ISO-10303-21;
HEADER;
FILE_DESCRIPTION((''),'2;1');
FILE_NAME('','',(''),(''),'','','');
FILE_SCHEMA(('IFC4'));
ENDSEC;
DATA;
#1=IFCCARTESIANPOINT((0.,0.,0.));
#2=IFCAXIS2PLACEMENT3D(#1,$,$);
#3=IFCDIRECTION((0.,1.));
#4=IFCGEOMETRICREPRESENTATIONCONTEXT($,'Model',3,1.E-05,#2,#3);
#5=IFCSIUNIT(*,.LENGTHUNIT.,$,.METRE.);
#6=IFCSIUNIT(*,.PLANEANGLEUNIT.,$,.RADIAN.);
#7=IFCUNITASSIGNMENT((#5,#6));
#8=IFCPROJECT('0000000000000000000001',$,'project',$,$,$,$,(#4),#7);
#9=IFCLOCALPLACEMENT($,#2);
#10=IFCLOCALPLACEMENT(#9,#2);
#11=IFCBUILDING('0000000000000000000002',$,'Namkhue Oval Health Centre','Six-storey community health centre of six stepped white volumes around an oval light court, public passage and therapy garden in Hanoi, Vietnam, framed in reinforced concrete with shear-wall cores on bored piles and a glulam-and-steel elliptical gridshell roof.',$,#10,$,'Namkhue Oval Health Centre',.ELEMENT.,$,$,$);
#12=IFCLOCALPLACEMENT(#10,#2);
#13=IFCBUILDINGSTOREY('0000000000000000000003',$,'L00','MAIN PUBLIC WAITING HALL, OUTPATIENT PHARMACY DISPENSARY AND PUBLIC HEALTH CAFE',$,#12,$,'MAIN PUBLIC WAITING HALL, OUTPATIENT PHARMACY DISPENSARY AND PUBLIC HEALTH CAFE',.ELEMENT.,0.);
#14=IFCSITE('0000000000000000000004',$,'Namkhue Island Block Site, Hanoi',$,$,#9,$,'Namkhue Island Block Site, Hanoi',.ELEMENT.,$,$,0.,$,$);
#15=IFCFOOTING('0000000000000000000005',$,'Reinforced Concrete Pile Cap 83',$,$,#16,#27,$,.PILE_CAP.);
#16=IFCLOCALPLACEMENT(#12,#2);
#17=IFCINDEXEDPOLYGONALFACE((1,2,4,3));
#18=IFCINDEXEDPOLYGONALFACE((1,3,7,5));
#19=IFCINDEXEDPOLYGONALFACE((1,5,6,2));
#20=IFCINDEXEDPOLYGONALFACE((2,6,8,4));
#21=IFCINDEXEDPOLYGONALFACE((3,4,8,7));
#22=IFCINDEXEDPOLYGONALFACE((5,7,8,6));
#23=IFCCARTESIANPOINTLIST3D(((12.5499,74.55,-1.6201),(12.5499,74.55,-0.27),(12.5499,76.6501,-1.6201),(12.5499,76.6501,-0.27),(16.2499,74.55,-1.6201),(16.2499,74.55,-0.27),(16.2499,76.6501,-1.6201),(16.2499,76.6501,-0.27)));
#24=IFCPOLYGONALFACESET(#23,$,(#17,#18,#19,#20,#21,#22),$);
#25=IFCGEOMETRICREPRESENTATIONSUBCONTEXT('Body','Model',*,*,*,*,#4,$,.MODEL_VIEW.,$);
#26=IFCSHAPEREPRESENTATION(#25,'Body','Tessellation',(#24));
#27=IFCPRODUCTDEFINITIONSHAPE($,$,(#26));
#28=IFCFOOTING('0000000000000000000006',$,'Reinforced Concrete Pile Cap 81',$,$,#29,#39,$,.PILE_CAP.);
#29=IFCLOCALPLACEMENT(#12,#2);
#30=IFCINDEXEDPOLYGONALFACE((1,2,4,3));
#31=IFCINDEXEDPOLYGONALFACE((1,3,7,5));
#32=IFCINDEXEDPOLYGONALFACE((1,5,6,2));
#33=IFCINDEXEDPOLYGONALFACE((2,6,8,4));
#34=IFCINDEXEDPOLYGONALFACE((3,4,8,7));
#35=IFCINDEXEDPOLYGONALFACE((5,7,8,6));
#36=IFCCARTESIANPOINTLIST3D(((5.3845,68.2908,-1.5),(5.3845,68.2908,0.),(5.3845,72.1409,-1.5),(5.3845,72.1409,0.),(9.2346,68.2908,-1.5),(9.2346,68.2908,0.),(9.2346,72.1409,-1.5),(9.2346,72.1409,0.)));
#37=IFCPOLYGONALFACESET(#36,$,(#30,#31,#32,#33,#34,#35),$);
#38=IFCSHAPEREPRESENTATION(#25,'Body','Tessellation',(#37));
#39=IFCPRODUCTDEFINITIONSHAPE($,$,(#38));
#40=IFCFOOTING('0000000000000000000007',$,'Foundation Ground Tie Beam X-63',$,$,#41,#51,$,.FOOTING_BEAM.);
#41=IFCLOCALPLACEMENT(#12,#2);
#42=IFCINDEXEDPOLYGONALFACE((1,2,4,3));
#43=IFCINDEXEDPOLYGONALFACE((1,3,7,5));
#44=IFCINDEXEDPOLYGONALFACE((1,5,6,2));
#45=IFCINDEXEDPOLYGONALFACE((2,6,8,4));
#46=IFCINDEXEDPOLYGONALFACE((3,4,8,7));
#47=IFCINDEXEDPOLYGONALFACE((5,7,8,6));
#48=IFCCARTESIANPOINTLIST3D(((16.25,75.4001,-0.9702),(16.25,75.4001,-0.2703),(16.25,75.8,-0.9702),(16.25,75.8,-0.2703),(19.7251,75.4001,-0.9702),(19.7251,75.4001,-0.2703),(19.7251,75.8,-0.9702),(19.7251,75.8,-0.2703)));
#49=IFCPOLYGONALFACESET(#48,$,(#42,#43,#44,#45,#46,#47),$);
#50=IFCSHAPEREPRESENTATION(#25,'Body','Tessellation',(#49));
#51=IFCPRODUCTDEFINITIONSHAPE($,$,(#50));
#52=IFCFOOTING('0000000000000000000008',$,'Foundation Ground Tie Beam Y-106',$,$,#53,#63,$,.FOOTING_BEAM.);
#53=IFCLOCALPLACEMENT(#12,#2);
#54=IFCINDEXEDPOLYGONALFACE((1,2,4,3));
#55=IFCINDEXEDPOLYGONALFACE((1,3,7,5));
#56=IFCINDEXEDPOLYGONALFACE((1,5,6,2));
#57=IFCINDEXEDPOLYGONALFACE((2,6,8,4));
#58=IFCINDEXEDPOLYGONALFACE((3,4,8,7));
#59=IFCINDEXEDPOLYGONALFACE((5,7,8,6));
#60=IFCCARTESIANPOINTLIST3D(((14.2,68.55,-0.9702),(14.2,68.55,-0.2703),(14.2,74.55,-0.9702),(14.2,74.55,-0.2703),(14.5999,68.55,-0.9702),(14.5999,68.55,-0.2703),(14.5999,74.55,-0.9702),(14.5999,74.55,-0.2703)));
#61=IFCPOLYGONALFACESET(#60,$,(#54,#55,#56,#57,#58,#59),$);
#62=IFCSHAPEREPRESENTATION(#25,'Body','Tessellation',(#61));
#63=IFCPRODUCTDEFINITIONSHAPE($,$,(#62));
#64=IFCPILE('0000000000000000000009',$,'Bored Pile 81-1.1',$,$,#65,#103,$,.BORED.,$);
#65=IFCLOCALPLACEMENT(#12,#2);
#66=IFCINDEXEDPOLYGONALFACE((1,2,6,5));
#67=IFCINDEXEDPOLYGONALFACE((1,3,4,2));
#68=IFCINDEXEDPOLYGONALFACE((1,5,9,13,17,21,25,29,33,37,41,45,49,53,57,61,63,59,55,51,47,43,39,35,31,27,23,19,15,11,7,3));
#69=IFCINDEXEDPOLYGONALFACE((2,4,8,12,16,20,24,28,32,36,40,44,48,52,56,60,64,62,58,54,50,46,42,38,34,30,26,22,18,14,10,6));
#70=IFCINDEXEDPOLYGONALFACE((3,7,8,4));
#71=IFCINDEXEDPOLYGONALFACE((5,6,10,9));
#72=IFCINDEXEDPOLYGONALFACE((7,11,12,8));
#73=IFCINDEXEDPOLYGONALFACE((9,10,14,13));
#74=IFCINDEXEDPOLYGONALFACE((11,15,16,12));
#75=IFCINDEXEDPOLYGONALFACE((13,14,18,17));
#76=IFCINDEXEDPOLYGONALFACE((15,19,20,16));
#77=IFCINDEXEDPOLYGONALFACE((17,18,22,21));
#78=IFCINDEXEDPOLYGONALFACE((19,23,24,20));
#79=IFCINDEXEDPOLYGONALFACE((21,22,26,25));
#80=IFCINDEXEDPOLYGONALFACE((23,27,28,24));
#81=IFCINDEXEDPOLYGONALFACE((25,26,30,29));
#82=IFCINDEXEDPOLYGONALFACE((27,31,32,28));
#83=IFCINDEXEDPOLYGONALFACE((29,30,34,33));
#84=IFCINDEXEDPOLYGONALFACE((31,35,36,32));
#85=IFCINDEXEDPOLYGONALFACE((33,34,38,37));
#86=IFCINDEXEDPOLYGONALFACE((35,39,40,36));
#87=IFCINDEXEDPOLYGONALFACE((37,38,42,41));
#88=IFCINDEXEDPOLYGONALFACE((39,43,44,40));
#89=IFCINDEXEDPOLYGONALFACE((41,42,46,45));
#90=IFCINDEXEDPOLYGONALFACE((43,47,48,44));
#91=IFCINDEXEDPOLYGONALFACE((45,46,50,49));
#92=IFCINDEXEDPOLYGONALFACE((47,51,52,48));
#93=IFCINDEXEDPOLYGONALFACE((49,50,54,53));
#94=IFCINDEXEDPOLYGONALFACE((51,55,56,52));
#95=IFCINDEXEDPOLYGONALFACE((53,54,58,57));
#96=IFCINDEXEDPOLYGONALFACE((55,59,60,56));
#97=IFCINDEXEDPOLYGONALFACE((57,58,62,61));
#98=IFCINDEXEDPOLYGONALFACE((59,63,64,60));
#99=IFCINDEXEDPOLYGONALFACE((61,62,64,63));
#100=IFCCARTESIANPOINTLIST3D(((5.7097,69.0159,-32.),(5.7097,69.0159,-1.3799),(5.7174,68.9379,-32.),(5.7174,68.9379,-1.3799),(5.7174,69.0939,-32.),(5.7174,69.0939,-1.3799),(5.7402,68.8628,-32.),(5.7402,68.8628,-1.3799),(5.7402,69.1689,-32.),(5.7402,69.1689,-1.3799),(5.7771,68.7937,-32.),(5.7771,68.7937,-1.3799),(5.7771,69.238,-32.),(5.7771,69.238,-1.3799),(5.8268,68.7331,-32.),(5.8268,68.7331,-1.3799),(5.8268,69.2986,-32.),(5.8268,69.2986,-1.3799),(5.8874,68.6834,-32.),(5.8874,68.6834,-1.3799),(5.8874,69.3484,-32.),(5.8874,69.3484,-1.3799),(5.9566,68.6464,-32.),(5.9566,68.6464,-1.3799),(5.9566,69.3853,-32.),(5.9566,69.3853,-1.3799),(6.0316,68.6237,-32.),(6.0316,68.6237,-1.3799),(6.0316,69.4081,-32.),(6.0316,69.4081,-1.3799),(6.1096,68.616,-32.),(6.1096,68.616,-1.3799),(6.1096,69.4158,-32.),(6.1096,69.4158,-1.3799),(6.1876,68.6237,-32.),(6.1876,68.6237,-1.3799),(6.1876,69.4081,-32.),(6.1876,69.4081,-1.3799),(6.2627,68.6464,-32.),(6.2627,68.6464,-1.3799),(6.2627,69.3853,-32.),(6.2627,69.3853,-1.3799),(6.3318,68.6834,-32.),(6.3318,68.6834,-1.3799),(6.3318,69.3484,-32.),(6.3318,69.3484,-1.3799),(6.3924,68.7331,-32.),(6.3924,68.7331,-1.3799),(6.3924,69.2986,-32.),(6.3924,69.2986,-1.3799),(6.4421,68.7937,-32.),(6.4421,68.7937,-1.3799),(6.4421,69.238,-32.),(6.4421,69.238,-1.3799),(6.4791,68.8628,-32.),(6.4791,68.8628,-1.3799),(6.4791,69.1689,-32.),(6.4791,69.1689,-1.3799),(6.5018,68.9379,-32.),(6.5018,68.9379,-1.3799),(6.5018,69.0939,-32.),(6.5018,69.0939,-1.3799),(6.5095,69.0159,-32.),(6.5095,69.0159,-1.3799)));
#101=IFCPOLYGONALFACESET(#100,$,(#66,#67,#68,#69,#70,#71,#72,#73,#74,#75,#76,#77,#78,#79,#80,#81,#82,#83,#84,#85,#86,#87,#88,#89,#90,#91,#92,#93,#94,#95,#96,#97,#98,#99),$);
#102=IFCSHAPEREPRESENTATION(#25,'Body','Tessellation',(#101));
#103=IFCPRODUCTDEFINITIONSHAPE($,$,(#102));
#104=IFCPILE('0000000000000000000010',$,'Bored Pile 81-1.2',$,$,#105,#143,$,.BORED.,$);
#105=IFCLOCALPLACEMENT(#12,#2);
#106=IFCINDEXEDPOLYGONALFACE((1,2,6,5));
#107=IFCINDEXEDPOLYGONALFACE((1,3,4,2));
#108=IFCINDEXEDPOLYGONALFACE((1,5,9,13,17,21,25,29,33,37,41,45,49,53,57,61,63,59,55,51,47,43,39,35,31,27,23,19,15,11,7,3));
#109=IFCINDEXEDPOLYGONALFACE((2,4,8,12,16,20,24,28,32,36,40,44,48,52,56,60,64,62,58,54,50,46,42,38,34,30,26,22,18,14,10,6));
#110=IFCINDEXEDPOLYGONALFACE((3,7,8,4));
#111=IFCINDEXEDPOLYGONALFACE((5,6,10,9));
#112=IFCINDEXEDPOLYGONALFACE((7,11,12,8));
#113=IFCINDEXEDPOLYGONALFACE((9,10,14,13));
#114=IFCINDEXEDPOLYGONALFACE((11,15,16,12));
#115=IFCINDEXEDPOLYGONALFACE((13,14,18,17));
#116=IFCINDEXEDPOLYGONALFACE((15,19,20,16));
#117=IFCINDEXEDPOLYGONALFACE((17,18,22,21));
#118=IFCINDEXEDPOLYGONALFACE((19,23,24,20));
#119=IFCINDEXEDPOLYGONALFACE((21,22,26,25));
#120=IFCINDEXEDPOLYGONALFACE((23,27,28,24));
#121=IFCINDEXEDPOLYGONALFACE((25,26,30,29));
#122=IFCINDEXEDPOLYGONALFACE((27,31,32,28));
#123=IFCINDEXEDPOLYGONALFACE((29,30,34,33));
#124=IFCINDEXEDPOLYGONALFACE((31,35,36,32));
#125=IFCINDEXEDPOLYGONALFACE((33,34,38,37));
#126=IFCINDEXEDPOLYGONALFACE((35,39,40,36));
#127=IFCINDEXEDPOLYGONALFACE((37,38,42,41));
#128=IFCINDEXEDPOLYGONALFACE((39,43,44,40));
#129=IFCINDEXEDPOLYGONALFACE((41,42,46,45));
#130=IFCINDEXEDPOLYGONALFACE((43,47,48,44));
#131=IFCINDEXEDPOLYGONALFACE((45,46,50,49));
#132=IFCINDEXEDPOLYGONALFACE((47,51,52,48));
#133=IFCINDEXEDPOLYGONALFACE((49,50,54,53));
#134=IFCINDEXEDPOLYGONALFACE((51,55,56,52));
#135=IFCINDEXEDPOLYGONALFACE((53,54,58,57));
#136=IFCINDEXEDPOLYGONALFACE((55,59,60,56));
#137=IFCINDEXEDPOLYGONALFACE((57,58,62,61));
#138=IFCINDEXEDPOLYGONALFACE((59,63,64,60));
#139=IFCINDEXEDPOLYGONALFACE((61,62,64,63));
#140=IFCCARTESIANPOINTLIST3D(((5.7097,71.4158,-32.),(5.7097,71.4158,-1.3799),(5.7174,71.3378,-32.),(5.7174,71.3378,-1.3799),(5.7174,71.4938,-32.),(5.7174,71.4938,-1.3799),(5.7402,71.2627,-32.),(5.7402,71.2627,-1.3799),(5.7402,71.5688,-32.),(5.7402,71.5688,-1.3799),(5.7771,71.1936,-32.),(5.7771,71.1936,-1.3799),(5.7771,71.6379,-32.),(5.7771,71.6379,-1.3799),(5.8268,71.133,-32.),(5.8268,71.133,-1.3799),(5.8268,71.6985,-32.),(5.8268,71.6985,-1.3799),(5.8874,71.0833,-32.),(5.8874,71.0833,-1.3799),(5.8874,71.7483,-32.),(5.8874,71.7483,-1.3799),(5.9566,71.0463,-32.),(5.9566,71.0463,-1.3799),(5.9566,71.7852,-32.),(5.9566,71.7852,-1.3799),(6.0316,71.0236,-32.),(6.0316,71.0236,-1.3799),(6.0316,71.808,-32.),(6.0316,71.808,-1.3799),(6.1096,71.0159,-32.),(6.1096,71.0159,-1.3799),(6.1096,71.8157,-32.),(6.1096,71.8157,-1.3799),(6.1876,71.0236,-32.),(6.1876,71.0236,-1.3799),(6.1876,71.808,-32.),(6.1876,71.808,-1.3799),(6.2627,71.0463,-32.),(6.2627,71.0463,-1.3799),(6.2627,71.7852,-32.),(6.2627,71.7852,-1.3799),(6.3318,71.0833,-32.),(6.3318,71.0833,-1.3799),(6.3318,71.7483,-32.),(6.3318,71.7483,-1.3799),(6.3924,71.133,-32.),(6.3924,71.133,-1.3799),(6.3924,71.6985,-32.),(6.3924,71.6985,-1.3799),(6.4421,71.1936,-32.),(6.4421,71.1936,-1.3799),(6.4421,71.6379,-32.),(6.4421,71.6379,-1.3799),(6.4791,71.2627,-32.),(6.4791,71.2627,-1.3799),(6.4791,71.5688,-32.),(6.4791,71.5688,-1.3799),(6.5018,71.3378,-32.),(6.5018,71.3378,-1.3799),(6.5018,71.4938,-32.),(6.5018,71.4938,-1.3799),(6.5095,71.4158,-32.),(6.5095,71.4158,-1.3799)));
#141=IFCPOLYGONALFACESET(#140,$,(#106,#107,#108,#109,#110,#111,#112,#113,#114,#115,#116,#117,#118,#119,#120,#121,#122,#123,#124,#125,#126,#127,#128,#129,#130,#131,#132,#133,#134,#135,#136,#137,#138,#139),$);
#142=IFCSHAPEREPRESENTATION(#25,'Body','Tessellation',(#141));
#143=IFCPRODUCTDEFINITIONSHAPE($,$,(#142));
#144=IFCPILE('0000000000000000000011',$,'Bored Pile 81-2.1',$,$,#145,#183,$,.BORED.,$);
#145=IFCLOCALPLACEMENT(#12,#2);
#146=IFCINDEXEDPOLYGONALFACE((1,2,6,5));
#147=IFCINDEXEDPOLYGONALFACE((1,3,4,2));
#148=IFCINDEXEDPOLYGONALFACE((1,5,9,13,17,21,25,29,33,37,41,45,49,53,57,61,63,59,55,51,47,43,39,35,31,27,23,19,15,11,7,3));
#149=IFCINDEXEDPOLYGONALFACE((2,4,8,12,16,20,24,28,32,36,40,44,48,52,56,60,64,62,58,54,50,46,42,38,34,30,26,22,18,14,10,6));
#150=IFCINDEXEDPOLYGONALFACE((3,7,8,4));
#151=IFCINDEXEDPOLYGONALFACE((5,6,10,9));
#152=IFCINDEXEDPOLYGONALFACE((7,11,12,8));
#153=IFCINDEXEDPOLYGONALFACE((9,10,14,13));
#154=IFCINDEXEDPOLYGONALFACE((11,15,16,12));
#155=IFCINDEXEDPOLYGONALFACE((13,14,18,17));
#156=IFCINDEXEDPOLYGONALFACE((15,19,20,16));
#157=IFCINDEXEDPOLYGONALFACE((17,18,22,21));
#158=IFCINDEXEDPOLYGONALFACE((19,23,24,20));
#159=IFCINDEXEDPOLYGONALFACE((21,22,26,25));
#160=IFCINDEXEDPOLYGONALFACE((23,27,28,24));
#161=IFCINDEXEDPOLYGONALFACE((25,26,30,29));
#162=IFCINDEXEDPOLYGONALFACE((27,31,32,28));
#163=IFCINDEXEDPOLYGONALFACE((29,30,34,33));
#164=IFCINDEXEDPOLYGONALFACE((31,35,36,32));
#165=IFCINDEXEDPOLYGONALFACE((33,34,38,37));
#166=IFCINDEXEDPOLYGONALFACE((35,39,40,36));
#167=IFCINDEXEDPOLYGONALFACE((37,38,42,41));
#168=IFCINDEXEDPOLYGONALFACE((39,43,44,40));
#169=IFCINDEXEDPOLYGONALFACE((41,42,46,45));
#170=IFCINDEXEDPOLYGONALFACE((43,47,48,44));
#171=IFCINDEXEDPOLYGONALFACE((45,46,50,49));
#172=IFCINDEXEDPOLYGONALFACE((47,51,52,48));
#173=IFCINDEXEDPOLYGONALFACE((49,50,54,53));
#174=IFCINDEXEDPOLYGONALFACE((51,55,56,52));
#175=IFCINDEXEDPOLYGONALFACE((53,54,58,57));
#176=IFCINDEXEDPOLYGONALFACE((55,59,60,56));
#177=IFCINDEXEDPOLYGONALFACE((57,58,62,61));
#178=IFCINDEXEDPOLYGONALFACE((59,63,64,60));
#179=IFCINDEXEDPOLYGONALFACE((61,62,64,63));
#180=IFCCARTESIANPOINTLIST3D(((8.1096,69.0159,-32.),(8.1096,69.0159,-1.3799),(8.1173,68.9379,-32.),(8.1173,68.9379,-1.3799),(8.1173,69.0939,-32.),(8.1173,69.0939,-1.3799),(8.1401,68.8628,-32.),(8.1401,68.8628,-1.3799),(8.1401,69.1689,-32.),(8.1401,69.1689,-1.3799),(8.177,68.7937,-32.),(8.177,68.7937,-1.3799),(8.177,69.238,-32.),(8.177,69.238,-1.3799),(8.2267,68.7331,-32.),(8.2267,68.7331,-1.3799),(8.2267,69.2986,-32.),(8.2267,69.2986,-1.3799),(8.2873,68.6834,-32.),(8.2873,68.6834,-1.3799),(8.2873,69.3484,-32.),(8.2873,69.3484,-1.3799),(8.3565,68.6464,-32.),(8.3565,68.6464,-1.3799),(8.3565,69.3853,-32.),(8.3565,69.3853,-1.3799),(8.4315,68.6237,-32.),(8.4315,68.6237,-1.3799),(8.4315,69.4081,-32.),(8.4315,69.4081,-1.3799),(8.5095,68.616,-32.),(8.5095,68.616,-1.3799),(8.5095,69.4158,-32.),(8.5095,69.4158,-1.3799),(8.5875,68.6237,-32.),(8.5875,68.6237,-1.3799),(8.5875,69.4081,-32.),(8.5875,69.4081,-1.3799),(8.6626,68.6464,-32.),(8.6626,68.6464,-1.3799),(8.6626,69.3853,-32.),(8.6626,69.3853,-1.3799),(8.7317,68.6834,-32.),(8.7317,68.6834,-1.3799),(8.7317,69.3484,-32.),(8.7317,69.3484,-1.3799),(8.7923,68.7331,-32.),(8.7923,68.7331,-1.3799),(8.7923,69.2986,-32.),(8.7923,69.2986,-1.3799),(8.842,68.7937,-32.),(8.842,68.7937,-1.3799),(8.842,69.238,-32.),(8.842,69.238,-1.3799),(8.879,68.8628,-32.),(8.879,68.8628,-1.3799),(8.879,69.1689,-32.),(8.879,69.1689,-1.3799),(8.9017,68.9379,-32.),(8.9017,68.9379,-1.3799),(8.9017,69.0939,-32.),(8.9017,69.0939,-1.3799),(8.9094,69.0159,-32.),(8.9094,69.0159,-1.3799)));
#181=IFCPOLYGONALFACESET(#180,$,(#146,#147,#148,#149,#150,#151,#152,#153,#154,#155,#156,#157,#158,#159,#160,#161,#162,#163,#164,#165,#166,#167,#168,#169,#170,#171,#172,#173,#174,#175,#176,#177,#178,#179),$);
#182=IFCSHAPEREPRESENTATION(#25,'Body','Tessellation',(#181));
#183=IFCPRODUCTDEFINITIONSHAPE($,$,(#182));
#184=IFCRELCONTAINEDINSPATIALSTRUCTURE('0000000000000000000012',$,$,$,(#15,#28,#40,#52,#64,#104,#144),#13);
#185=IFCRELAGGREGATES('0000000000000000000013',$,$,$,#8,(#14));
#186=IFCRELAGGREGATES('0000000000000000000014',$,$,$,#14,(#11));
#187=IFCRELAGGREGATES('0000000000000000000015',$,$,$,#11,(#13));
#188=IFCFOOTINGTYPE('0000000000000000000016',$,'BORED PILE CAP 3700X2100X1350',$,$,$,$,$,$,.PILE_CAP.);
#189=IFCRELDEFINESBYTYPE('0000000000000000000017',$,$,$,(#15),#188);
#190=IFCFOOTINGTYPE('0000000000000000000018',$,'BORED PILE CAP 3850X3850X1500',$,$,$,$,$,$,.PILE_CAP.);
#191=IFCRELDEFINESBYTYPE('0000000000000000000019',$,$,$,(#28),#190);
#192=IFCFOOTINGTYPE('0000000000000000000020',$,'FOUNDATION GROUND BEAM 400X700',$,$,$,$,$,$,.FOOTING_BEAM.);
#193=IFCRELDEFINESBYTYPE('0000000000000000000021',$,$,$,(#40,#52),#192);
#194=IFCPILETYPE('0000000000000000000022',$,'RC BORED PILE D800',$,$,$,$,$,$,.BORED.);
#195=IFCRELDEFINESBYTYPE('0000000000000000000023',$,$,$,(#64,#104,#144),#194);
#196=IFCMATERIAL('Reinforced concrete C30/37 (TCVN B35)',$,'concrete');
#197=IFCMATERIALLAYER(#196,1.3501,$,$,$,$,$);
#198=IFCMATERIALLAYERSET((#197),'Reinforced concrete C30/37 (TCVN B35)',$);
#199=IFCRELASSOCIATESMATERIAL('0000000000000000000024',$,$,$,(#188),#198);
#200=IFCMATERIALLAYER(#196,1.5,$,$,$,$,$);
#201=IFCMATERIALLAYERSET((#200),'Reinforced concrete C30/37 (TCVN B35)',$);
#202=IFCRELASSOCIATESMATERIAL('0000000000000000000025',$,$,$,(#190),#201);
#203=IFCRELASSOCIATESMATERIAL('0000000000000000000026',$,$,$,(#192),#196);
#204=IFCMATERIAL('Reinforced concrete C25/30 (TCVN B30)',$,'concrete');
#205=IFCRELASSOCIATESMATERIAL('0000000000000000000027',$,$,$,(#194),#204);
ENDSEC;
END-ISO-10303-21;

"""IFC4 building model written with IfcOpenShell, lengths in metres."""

from ifc_helpers import new_model, si_unit, direction, frame, origin, origin_2d, place, context, subcontext, project, spatial, rectangle, circle, extrude, material, layer, layer_set, material_profile, profile_set, type_object, element, save


model = new_model("IFC4")

# Units and contexts
model_context = context("Model", 3, precision=1e-05, world=origin(), true_north=direction((0.0, 1.0)))
body_context = subcontext(model_context, "Body", "Model", "MODEL_VIEW")
ifc_project = project(units=[si_unit("LENGTHUNIT", "METRE"), si_unit("PLANEANGLEUNIT", "RADIAN")], contexts=[model_context])

# Site, building, storey
site_placement = place(None, origin())
site = spatial("IfcSite", under=ifc_project, at=site_placement, Name="Namkhue Island Block Site, Hanoi", LongName="Namkhue Island Block Site, Hanoi", CompositionType="ELEMENT", RefElevation=0.0)
building_placement = place(site_placement, origin())
building = spatial("IfcBuilding", under=site, at=building_placement, Name="Namkhue Oval Health Centre", Description="Six-storey community health centre of six stepped white volumes around an oval light court, public passage and therapy garden in Hanoi, Vietnam, framed in reinforced concrete with shear-wall cores on bored piles and a glulam-and-steel elliptical gridshell roof.", LongName="Namkhue Oval Health Centre", CompositionType="ELEMENT")
storey_placement = place(building_placement, origin())
storey = spatial("IfcBuildingStorey", under=building, at=storey_placement, Name="L00", Description="MAIN PUBLIC WAITING HALL, OUTPATIENT PHARMACY DISPENSARY AND PUBLIC HEALTH CAFE", LongName="MAIN PUBLIC WAITING HALL, OUTPATIENT PHARMACY DISPENSARY AND PUBLIC HEALTH CAFE", CompositionType="ELEMENT", Elevation=0.0)

# Footings
ifc_material_1 = material(Name="Reinforced concrete C30/37 (TCVN B35)", Category="concrete")
ifc_layer_1 = layer(ifc_material_1, 1.3501)
ifc_layer_set_1 = layer_set([ifc_layer_1], Name="Reinforced concrete C30/37 (TCVN B35)")
footing_type_1 = type_object("IfcFootingType", Name="BORED PILE CAP 3700X2100X1350", PredefinedType="PILE_CAP", material=ifc_layer_set_1)
footing_1_placement = place(storey_placement, frame((14.3999, 75.6001, -1.6201), z_axis=(0.0, 0.0, 1.0), x_axis=(1.0, 0.0, 0.0)))
element("IfcFooting", 1, at=footing_1_placement, inside=storey, type_object=footing_type_1, Name="Reinforced Concrete Pile Cap 83", PredefinedType="PILE_CAP", context=body_context, shape_type="SweptSolid", body=[
    extrude(rectangle(XDim=3.7, YDim=2.1001, at=origin_2d()), origin(), (0.0, 0.0, 1.0), 1.3501),
])
ifc_layer_2 = layer(ifc_material_1, 1.5)
ifc_layer_set_2 = layer_set([ifc_layer_2], Name="Reinforced concrete C30/37 (TCVN B35)")
footing_type_2 = type_object("IfcFootingType", Name="BORED PILE CAP 3850X3850X1500", PredefinedType="PILE_CAP", material=ifc_layer_set_2)
footing_2_placement = place(storey_placement, frame((7.3096, 70.2158, -1.5), z_axis=(0.0, 0.0, 1.0), x_axis=(1.0, 0.0, 0.0)))
element("IfcFooting", 2, at=footing_2_placement, inside=storey, type_object=footing_type_2, Name="Reinforced Concrete Pile Cap 81", PredefinedType="PILE_CAP", context=body_context, shape_type="SweptSolid", body=[
    extrude(rectangle(XDim=3.8501, YDim=3.8501, at=origin_2d()), origin(), (0.0, 0.0, 1.0), 1.5),
])
footing_type_3 = type_object("IfcFootingType", Name="FOUNDATION GROUND BEAM 400X700", PredefinedType="FOOTING_BEAM", material=ifc_material_1)
footing_3_placement = place(storey_placement, frame((17.9875, 75.6001, -0.9702), z_axis=(0.0, 0.0, 1.0), x_axis=(1.0, 0.0, 0.0)))
element("IfcFooting", 3, at=footing_3_placement, inside=storey, type_object=footing_type_3, Name="Foundation Ground Tie Beam X-63", PredefinedType="FOOTING_BEAM", context=body_context, shape_type="SweptSolid", body=[
    extrude(rectangle(XDim=3.4751, YDim=0.3999, at=origin_2d()), origin(), (0.0, 0.0, 1.0), 0.7),
])
footing_4_placement = place(storey_placement, frame((14.3999, 71.55, -0.9702), z_axis=(0.0, 0.0, 1.0), x_axis=(0.0, 1.0, 0.0)))
element("IfcFooting", 4, at=footing_4_placement, inside=storey, type_object=footing_type_3, Name="Foundation Ground Tie Beam Y-106", PredefinedType="FOOTING_BEAM", context=body_context, shape_type="SweptSolid", body=[
    extrude(rectangle(XDim=6.0, YDim=0.3999, at=origin_2d()), origin(), (0.0, 0.0, 1.0), 0.7),
])

# Piles
ifc_material_2 = material(Name="Reinforced concrete C25/30 (TCVN B30)", Category="concrete")
ifc_material_profile_1 = material_profile(ifc_material_2, circle(Radius=0.3999, at=origin_2d()), Name="BORED PILE D800")
ifc_profile_set_1 = profile_set([ifc_material_profile_1], Name="Reinforced concrete C25/30 (TCVN B30)")
pile_type = type_object("IfcPileType", Name="RC BORED PILE D800", PredefinedType="BORED", material=ifc_profile_set_1)
for number, where, z_axis, x_axis, name in (
    (5, (6.1096, 69.0159, -1.3799), (0.0, 0.0, -1.0), (1.0, 0.0, 0.0), "Bored Pile 81-1.1"),
    (6, (6.1096, 71.4158, -1.3799), (0.0, 0.0, -1.0), (1.0, 0.0, 0.0), "Bored Pile 81-1.2"),
    (7, (8.5095, 69.0159, -1.3799), (0.0, 0.0, -1.0), (1.0, 0.0, 0.0), "Bored Pile 81-2.1"),
):
    element("IfcPile", number, at=place(storey_placement, frame(where, z_axis=z_axis, x_axis=x_axis)), inside=storey, type_object=pile_type, Name=name, PredefinedType="BORED", context=body_context, shape_type="SweptSolid", body=[
        extrude(circle(Radius=0.3999, at=origin_2d()), origin(), (0.0, 0.0, 1.0), 30.6201),
    ])

save(model, "model.ifc")
